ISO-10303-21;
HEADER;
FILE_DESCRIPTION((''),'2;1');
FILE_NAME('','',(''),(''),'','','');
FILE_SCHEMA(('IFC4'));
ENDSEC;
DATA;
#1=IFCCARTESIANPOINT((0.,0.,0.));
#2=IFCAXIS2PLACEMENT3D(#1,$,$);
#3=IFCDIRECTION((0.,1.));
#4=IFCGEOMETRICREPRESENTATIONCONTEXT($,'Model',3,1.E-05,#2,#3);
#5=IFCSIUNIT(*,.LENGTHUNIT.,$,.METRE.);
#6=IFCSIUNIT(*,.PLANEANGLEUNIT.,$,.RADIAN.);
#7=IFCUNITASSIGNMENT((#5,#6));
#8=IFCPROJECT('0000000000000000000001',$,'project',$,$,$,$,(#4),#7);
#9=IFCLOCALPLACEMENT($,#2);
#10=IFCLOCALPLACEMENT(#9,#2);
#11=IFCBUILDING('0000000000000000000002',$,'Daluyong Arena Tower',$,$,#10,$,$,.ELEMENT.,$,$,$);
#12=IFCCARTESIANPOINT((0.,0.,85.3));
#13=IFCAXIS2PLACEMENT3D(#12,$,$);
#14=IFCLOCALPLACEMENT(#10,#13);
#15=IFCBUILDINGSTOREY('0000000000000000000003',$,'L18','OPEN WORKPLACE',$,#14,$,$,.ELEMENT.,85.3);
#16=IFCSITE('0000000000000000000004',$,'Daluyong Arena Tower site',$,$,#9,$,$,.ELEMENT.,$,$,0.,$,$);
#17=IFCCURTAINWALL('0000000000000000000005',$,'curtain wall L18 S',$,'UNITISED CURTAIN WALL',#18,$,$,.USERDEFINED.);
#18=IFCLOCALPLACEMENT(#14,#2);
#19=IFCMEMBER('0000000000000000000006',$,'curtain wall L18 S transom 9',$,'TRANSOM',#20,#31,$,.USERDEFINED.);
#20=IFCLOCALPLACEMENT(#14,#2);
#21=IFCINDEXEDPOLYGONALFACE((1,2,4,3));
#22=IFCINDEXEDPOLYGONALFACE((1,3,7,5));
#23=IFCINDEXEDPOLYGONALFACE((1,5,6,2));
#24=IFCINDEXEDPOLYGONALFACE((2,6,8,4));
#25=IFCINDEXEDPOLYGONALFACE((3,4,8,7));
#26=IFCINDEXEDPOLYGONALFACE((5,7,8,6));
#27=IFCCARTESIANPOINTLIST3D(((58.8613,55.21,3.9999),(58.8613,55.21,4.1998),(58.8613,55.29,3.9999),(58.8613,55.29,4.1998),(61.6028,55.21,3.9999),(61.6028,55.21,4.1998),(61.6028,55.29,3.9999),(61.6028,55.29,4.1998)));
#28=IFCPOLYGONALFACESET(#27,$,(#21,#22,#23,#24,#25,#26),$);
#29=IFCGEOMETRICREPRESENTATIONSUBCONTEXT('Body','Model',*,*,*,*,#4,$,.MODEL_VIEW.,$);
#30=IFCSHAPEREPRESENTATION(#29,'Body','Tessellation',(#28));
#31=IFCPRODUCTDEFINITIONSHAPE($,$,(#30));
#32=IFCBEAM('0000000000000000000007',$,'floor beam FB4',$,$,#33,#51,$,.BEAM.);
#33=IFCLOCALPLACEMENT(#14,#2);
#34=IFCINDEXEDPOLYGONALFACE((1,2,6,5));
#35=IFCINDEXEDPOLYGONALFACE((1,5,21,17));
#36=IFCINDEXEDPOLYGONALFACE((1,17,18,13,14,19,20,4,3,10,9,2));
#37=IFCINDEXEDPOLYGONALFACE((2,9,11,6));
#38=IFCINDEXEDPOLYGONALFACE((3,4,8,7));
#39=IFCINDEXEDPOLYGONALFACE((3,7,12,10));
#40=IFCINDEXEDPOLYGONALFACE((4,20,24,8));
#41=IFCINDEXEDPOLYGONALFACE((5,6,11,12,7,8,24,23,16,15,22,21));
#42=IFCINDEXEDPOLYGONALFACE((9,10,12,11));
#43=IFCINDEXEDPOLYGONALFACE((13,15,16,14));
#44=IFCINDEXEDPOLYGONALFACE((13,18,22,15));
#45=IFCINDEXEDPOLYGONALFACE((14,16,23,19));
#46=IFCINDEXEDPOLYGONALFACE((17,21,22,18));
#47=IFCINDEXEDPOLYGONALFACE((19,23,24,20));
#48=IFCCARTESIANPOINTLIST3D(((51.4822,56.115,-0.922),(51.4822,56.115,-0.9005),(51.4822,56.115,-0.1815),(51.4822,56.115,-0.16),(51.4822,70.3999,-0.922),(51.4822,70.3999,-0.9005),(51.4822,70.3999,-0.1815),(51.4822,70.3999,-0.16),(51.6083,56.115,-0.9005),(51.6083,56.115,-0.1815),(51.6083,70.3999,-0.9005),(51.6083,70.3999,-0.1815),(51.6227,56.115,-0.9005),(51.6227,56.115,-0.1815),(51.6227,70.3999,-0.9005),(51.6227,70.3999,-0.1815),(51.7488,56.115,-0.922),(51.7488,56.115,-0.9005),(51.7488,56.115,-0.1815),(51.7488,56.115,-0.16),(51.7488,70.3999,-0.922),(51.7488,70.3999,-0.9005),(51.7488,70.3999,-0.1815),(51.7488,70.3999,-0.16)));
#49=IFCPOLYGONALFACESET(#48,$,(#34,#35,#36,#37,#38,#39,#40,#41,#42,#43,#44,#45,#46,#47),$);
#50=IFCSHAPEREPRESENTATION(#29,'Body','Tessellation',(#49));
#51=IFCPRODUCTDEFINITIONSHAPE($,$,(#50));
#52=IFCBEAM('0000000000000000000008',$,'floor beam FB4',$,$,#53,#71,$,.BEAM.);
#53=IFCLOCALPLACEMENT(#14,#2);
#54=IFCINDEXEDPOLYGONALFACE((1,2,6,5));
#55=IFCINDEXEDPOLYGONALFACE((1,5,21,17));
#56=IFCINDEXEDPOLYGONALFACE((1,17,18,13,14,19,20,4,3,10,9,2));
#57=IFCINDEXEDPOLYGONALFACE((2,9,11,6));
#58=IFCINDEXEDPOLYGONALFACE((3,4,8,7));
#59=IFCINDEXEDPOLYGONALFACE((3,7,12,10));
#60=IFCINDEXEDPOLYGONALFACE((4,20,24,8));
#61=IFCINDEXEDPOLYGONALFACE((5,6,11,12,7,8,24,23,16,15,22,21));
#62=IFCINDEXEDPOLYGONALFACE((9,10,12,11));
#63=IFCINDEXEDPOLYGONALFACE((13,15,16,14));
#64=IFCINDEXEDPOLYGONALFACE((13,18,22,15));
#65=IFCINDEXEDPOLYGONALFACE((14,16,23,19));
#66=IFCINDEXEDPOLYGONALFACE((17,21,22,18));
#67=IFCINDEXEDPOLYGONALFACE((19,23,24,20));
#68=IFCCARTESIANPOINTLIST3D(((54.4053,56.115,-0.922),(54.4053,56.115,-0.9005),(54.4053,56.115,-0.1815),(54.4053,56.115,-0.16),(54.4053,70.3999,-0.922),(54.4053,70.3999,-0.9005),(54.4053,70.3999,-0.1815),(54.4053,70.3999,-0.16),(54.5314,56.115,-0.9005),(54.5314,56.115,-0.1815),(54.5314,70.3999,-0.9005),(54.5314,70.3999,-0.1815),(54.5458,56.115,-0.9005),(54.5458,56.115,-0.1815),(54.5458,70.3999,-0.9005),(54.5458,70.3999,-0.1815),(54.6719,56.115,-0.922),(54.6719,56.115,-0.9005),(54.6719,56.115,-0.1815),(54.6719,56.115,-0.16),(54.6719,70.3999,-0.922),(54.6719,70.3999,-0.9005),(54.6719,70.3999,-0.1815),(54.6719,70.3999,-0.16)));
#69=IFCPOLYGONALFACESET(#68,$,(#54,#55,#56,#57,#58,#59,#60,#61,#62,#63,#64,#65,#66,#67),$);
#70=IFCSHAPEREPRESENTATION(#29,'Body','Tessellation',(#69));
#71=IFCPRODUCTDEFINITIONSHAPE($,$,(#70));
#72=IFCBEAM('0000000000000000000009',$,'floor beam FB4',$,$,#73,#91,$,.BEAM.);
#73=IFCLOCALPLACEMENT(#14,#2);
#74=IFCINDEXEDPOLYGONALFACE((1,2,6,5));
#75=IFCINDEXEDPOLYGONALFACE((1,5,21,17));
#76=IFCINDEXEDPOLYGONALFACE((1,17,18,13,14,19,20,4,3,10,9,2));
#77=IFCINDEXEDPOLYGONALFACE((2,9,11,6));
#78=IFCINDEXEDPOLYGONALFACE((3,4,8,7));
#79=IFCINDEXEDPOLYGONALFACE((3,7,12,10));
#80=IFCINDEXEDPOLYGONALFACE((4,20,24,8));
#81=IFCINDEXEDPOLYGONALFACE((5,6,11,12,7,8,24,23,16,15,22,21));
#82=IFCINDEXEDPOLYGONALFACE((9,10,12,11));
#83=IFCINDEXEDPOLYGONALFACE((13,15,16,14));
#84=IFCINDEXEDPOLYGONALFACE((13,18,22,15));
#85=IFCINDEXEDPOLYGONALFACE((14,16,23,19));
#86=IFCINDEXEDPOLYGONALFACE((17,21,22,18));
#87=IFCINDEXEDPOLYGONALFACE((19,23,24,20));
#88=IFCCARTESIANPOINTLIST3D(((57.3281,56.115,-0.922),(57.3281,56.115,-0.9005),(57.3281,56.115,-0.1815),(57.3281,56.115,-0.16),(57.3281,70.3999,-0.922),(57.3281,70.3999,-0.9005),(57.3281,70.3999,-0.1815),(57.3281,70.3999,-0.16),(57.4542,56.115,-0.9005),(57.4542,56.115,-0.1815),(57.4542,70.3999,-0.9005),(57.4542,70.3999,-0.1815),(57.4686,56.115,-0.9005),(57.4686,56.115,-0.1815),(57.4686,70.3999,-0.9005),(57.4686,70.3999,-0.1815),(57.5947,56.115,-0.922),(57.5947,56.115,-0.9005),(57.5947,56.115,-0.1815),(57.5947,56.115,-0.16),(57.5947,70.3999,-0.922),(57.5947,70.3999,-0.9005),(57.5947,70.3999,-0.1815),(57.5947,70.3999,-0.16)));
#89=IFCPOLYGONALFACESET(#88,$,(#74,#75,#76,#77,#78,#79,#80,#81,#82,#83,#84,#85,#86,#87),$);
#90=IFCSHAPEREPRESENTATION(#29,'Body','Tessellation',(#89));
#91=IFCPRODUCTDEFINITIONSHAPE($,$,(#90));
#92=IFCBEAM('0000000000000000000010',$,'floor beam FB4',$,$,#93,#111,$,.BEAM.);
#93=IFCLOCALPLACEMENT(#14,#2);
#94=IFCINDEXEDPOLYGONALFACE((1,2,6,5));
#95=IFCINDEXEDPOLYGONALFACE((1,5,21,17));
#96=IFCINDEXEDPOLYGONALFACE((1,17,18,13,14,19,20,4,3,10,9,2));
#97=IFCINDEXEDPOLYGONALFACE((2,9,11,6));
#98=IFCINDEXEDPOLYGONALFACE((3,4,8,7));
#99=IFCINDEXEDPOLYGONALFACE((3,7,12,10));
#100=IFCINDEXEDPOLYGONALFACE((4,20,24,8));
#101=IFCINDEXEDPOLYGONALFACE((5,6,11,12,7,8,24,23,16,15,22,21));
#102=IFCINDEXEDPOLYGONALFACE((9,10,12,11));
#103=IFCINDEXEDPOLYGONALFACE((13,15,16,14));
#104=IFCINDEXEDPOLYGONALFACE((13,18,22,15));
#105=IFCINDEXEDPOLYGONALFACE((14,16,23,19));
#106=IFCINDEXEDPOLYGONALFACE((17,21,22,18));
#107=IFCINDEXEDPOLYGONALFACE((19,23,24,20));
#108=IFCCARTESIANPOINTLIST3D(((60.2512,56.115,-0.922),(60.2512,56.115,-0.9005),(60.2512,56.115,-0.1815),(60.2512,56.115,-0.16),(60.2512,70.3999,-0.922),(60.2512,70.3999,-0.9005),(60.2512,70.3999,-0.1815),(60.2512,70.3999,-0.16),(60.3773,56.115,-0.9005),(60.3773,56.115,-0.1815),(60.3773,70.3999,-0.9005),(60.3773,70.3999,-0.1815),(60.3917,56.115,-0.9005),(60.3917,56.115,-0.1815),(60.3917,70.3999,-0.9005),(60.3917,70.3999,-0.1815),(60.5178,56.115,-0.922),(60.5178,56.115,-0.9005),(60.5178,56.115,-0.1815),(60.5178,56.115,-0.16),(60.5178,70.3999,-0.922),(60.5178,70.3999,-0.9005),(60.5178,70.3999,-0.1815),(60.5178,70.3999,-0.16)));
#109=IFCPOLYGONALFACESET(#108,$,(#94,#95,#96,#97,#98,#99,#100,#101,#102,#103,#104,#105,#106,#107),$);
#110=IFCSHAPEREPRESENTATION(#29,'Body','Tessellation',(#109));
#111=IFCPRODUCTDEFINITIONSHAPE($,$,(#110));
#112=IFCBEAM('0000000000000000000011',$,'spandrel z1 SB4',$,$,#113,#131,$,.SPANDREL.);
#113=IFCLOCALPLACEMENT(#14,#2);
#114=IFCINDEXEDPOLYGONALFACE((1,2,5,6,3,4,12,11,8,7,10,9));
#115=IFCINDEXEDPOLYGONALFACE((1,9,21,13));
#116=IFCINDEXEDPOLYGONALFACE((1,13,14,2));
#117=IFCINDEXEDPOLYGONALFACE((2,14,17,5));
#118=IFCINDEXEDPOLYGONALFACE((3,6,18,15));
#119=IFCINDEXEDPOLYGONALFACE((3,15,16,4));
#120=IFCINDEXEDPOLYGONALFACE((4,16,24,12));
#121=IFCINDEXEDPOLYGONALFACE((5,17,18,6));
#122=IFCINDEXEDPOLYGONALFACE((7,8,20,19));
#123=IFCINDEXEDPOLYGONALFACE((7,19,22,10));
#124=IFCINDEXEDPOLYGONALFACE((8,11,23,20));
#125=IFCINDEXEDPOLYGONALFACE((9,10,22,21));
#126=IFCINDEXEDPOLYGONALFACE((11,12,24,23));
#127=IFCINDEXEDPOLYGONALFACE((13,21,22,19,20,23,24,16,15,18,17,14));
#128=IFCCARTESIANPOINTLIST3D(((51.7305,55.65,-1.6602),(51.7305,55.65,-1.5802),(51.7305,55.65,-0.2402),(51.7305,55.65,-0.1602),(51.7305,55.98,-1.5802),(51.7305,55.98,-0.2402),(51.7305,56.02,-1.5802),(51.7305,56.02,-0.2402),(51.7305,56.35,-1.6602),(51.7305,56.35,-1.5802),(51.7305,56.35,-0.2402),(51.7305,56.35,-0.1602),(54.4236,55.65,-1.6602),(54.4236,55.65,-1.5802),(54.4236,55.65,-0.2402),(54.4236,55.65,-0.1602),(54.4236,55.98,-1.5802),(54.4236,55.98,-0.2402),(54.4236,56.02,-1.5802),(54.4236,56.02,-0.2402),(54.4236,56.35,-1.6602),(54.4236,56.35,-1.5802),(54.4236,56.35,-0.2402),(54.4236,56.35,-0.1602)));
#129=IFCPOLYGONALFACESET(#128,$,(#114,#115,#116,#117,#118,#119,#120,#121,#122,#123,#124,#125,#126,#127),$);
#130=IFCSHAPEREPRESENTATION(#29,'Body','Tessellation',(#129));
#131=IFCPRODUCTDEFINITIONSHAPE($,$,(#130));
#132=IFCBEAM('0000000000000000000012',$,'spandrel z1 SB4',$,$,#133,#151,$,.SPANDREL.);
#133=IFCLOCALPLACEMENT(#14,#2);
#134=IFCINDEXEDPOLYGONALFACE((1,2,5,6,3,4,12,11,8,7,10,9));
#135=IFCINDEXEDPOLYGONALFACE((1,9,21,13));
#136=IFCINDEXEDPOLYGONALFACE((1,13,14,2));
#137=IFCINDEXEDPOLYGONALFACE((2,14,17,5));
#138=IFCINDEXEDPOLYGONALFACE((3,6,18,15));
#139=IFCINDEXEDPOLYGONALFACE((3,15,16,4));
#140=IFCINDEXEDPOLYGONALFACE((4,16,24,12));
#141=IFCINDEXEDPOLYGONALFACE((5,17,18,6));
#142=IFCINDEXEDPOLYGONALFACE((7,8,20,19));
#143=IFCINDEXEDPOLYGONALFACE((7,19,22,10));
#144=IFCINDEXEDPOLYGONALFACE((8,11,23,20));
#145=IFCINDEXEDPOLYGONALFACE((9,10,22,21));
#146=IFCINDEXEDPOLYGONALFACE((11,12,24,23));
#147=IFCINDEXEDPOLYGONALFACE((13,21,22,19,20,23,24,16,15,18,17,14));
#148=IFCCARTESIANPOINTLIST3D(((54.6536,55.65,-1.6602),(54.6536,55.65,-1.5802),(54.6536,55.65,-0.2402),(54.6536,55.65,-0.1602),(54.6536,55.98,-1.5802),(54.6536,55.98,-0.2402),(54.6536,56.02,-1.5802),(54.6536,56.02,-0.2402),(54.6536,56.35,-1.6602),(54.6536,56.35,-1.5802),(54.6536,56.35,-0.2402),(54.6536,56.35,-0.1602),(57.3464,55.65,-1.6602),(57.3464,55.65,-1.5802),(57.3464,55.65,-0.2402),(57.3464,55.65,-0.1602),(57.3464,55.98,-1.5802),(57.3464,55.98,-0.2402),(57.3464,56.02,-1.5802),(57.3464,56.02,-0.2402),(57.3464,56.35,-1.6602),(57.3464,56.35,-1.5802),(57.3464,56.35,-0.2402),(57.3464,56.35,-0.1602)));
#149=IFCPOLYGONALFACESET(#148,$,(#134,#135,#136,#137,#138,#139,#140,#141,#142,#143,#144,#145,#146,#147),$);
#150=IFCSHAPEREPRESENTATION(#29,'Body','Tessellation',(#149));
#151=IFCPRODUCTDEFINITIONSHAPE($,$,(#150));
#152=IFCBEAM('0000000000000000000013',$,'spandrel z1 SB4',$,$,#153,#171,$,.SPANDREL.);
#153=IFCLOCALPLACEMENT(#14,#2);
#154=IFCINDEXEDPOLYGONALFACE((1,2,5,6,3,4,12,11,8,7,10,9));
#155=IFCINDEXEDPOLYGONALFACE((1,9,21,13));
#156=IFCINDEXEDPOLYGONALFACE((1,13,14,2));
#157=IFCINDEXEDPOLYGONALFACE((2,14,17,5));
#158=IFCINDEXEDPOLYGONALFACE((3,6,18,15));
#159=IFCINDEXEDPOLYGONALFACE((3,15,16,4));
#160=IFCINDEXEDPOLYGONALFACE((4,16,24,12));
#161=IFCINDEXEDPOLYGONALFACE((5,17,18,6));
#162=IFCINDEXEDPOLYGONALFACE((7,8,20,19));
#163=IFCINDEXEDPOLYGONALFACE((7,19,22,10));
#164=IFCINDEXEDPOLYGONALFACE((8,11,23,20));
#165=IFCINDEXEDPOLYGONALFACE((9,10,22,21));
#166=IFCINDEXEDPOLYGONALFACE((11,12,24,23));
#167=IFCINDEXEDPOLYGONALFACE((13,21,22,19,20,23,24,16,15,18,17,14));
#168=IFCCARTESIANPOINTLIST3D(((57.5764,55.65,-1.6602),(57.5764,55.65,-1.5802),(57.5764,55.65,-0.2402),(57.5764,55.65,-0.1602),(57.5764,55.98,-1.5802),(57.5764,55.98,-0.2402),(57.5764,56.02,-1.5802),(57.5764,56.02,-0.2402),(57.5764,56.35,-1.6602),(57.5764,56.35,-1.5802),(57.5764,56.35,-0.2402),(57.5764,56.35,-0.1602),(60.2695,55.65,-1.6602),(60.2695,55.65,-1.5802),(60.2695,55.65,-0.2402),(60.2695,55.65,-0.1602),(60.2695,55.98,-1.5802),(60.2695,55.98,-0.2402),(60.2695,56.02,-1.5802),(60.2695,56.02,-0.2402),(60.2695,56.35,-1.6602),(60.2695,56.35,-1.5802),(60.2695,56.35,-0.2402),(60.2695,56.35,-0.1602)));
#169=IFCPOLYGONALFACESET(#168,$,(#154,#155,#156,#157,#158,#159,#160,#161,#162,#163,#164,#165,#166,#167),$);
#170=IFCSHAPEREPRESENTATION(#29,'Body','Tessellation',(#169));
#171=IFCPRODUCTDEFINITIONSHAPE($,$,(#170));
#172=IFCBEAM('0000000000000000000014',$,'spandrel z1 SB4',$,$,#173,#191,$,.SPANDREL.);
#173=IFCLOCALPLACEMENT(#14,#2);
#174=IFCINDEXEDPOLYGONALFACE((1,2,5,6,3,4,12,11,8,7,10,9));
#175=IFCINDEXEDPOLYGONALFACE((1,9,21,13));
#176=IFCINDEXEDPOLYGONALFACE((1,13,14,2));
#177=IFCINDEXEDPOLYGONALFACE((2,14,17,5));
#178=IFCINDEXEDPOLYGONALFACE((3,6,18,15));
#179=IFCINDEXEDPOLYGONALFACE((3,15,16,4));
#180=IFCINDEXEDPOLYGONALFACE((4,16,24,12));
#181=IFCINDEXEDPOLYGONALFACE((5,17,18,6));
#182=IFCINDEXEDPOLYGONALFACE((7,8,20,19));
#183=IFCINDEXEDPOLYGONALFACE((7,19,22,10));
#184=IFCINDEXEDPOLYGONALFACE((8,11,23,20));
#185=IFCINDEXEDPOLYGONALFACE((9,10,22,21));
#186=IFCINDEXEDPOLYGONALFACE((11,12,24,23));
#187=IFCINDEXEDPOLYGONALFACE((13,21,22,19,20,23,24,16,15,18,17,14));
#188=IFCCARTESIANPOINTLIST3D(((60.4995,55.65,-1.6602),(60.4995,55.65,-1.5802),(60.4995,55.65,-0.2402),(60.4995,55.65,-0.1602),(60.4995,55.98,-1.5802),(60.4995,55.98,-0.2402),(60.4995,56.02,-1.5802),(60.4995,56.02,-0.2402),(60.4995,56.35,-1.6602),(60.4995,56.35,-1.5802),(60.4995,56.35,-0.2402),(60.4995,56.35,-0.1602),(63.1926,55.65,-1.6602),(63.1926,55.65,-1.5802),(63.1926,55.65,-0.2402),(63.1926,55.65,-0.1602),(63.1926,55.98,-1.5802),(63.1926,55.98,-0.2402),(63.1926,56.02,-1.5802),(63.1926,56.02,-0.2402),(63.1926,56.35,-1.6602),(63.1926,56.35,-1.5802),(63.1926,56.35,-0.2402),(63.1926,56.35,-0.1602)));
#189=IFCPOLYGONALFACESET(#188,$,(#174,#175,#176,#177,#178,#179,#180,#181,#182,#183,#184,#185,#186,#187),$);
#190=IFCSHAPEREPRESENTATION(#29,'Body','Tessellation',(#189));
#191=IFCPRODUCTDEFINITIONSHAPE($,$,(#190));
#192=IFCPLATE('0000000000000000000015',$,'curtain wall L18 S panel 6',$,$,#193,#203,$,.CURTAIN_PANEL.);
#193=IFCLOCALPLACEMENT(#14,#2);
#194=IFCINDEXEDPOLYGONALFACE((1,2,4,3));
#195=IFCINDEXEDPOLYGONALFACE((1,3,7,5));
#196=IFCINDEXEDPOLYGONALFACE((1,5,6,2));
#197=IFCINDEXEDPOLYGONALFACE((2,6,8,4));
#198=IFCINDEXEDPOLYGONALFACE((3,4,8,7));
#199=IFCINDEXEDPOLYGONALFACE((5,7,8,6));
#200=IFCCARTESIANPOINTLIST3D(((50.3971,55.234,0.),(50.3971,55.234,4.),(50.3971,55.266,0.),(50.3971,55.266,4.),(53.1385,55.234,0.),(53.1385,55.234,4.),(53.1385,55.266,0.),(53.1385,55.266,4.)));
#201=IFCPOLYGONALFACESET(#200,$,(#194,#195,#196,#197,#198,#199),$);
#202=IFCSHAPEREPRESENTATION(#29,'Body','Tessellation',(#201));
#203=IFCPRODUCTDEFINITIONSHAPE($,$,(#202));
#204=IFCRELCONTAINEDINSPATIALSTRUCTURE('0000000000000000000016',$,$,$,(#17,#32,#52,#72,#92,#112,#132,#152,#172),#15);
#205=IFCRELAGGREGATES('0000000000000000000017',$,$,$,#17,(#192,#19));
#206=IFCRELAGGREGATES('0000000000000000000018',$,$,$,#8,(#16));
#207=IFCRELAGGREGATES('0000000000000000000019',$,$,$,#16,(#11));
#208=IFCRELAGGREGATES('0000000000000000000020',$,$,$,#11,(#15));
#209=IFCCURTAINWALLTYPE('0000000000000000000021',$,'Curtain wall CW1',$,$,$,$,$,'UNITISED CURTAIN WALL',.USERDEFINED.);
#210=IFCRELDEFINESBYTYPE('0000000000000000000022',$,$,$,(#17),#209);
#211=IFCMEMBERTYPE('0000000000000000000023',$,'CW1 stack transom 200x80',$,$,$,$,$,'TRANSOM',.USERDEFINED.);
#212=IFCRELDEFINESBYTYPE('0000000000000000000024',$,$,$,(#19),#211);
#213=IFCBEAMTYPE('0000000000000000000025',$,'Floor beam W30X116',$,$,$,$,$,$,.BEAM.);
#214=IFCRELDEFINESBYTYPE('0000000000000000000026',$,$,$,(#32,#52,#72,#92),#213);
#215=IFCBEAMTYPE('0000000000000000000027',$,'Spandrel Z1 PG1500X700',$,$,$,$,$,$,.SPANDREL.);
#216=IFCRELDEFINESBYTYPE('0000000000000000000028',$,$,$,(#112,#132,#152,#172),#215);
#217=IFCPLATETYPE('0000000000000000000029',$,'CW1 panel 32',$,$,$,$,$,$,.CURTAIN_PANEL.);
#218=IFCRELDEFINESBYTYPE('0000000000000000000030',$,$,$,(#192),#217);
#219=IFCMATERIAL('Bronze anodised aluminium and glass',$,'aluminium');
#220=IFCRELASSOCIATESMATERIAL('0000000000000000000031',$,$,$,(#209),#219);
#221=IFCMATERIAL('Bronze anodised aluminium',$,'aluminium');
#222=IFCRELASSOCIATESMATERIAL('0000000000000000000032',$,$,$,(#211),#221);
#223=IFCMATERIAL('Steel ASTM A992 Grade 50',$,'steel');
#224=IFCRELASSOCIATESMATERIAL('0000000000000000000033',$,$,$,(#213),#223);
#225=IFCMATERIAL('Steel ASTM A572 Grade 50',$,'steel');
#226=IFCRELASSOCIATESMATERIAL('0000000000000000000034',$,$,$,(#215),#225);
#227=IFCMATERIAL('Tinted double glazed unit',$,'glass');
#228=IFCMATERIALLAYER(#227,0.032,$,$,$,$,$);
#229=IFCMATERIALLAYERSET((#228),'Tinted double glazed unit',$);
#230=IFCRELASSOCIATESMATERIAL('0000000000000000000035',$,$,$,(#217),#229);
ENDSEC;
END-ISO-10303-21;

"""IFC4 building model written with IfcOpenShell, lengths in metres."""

from ifc_helpers import new_model, si_unit, direction, frame, origin, origin_2d, place, context, subcontext, project, spatial, rectangle, i_section, extrude, material, layer, layer_set, material_profile, profile_set, type_object, element, aggregate, save


model = new_model("IFC4")

# Units and contexts
model_context = context("Model", 3, precision=1e-05, world=origin(), true_north=direction((0.0, 1.0)))
body_context = subcontext(model_context, "Body", "Model", "MODEL_VIEW")
ifc_project = project(units=[si_unit("LENGTHUNIT", "METRE"), si_unit("PLANEANGLEUNIT", "RADIAN")], contexts=[model_context])

# Site, building, storey
site_placement = place(None, origin())
site = spatial("IfcSite", under=ifc_project, at=site_placement, Name="Daluyong Arena Tower site", CompositionType="ELEMENT", RefElevation=0.0)
building_placement = place(site_placement, origin())
building = spatial("IfcBuilding", under=site, at=building_placement, Name="Daluyong Arena Tower", CompositionType="ELEMENT")
storey_placement = place(building_placement, frame((0.0, 0.0, 85.3)))
storey = spatial("IfcBuildingStorey", under=building, at=storey_placement, Name="L18", Description="OPEN WORKPLACE", CompositionType="ELEMENT", Elevation=85.3)

# Curtain wall, member
ifc_material_1 = material(Name="Bronze anodised aluminium and glass", Category="aluminium")
curtain_wall_type = type_object("IfcCurtainWallType", Name="Curtain wall CW1", ElementType="UNITISED CURTAIN WALL", PredefinedType="USERDEFINED", material=ifc_material_1)
curtain_wall_placement = place(storey_placement, origin())
curtain_wall = element("IfcCurtainWall", 1, at=curtain_wall_placement, inside=storey, type_object=curtain_wall_type, Name="curtain wall L18 S", ObjectType="UNITISED CURTAIN WALL", PredefinedType="USERDEFINED")
ifc_material_2 = material(Name="Bronze anodised aluminium", Category="aluminium")
ifc_material_profile_1 = material_profile(ifc_material_2, rectangle(XDim=0.0801, YDim=0.2, at=origin_2d()))
ifc_profile_set_1 = profile_set([ifc_material_profile_1], Name="Bronze anodised aluminium")
member_type_1 = type_object("IfcMemberType", Name="CW1 stack transom 200x80", ElementType="TRANSOM", PredefinedType="USERDEFINED", material=ifc_profile_set_1)
member_1_placement = place(storey_placement, frame((58.8613, 55.25, 4.0999), z_axis=(1.0, 0.0, 0.0), x_axis=(0.0, 1.0, 0.0)))
member_1 = element("IfcMember", 2, at=member_1_placement, type_object=member_type_1, Name="curtain wall L18 S transom 9", ObjectType="TRANSOM", PredefinedType="USERDEFINED", context=body_context, shape_type="SweptSolid", body=[
    extrude(rectangle(XDim=0.0801, YDim=0.2, at=origin_2d()), origin(), (0.0, 0.0, 1.0), 2.7415),
])

# Beams
ifc_material_3 = material(Name="Steel ASTM A992 Grade 50", Category="steel")
ifc_material_profile_2 = material_profile(ifc_material_3, i_section(OverallWidth=0.2666, OverallDepth=0.762, WebThickness=0.0144, FlangeThickness=0.0215, at=origin_2d()))
ifc_profile_set_2 = profile_set([ifc_material_profile_2], Name="Steel ASTM A992 Grade 50")
beam_type_1 = type_object("IfcBeamType", Name="Floor beam W30X116", PredefinedType="BEAM", material=ifc_profile_set_2)
for number, where, z_axis, x_axis, name in (
    (3, (51.6155, 56.115, -0.541), (0.0, 1.0, 0.0), (-1.0, 0.0, 0.0), "floor beam FB4"),
    (4, (54.5386, 56.115, -0.541), (0.0, 1.0, 0.0), (-1.0, 0.0, 0.0), "floor beam FB4"),
    (5, (57.4614, 56.115, -0.541), (0.0, 1.0, 0.0), (-1.0, 0.0, 0.0), "floor beam FB4"),
    (6, (60.3845, 56.115, -0.541), (0.0, 1.0, 0.0), (-1.0, 0.0, 0.0), "floor beam FB4"),
):
    element("IfcBeam", number, at=place(storey_placement, frame(where, z_axis=z_axis, x_axis=x_axis)), inside=storey, type_object=beam_type_1, Name=name, PredefinedType="BEAM", context=body_context, shape_type="SweptSolid", body=[
        extrude(i_section(OverallWidth=0.2666, OverallDepth=0.762, WebThickness=0.0144, FlangeThickness=0.0215, at=origin_2d()), origin(), (0.0, 0.0, 1.0), 14.2849),
    ])
ifc_material_4 = material(Name="Steel ASTM A572 Grade 50", Category="steel")
ifc_material_profile_3 = material_profile(ifc_material_4, i_section(OverallWidth=0.7, OverallDepth=1.5, WebThickness=0.04, FlangeThickness=0.08, at=origin_2d()))
ifc_profile_set_3 = profile_set([ifc_material_profile_3], Name="Steel ASTM A572 Grade 50")
beam_type_2 = type_object("IfcBeamType", Name="Spandrel Z1 PG1500X700", PredefinedType="SPANDREL", material=ifc_profile_set_3)
beam_1_placement = place(storey_placement, frame((51.7305, 56.0, -0.9102), z_axis=(1.0, 0.0, 0.0), x_axis=(0.0, 1.0, 0.0)))
element("IfcBeam", 7, at=beam_1_placement, inside=storey, type_object=beam_type_2, Name="spandrel z1 SB4", PredefinedType="SPANDREL", context=body_context, shape_type="SweptSolid", body=[
    extrude(i_section(OverallWidth=0.7, OverallDepth=1.5, WebThickness=0.04, FlangeThickness=0.08, at=origin_2d()), origin(), (0.0, 0.0, 1.0), 2.6931),
])
beam_2_placement = place(storey_placement, frame((54.6536, 56.0, -0.9102), z_axis=(1.0, 0.0, 0.0), x_axis=(0.0, 1.0, 0.0)))
element("IfcBeam", 8, at=beam_2_placement, inside=storey, type_object=beam_type_2, Name="spandrel z1 SB4", PredefinedType="SPANDREL", context=body_context, shape_type="SweptSolid", body=[
    extrude(i_section(OverallWidth=0.7, OverallDepth=1.5, WebThickness=0.04, FlangeThickness=0.08, at=origin_2d()), origin(), (0.0, 0.0, 1.0), 2.6929),
])
for number, where, z_axis, x_axis, name in (
    (9, (57.5764, 56.0, -0.9102), (1.0, 0.0, 0.0), (0.0, 1.0, 0.0), "spandrel z1 SB4"),
    (10, (60.4995, 56.0, -0.9102), (1.0, 0.0, 0.0), (0.0, 1.0, 0.0), "spandrel z1 SB4"),
):
    element("IfcBeam", number, at=place(storey_placement, frame(where, z_axis=z_axis, x_axis=x_axis)), inside=storey, type_object=beam_type_2, Name=name, PredefinedType="SPANDREL", context=body_context, shape_type="SweptSolid", body=[
        extrude(i_section(OverallWidth=0.7, OverallDepth=1.5, WebThickness=0.04, FlangeThickness=0.08, at=origin_2d()), origin(), (0.0, 0.0, 1.0), 2.6931),
    ])

# Plate
ifc_material_5 = material(Name="Tinted double glazed unit", Category="glass")
ifc_layer_1 = layer(ifc_material_5, 0.032)
ifc_layer_set_1 = layer_set([ifc_layer_1], Name="Tinted double glazed unit")
plate_type = type_object("IfcPlateType", Name="CW1 panel 32", PredefinedType="CURTAIN_PANEL", material=ifc_layer_set_1)
plate_1_placement = place(storey_placement, frame((51.7678, 55.25, 0.0), z_axis=(0.0, 0.0, 1.0), x_axis=(1.0, 0.0, 0.0)))
plate_1 = element("IfcPlate", 11, at=plate_1_placement, type_object=plate_type, Name="curtain wall L18 S panel 6", PredefinedType="CURTAIN_PANEL", context=body_context, shape_type="SweptSolid", body=[
    extrude(rectangle(XDim=2.7415, YDim=0.032, at=origin_2d()), origin(), (0.0, 0.0, 1.0), 4.0),
])
aggregate(curtain_wall, [plate_1, member_1])

save(model, "model.ifc")
